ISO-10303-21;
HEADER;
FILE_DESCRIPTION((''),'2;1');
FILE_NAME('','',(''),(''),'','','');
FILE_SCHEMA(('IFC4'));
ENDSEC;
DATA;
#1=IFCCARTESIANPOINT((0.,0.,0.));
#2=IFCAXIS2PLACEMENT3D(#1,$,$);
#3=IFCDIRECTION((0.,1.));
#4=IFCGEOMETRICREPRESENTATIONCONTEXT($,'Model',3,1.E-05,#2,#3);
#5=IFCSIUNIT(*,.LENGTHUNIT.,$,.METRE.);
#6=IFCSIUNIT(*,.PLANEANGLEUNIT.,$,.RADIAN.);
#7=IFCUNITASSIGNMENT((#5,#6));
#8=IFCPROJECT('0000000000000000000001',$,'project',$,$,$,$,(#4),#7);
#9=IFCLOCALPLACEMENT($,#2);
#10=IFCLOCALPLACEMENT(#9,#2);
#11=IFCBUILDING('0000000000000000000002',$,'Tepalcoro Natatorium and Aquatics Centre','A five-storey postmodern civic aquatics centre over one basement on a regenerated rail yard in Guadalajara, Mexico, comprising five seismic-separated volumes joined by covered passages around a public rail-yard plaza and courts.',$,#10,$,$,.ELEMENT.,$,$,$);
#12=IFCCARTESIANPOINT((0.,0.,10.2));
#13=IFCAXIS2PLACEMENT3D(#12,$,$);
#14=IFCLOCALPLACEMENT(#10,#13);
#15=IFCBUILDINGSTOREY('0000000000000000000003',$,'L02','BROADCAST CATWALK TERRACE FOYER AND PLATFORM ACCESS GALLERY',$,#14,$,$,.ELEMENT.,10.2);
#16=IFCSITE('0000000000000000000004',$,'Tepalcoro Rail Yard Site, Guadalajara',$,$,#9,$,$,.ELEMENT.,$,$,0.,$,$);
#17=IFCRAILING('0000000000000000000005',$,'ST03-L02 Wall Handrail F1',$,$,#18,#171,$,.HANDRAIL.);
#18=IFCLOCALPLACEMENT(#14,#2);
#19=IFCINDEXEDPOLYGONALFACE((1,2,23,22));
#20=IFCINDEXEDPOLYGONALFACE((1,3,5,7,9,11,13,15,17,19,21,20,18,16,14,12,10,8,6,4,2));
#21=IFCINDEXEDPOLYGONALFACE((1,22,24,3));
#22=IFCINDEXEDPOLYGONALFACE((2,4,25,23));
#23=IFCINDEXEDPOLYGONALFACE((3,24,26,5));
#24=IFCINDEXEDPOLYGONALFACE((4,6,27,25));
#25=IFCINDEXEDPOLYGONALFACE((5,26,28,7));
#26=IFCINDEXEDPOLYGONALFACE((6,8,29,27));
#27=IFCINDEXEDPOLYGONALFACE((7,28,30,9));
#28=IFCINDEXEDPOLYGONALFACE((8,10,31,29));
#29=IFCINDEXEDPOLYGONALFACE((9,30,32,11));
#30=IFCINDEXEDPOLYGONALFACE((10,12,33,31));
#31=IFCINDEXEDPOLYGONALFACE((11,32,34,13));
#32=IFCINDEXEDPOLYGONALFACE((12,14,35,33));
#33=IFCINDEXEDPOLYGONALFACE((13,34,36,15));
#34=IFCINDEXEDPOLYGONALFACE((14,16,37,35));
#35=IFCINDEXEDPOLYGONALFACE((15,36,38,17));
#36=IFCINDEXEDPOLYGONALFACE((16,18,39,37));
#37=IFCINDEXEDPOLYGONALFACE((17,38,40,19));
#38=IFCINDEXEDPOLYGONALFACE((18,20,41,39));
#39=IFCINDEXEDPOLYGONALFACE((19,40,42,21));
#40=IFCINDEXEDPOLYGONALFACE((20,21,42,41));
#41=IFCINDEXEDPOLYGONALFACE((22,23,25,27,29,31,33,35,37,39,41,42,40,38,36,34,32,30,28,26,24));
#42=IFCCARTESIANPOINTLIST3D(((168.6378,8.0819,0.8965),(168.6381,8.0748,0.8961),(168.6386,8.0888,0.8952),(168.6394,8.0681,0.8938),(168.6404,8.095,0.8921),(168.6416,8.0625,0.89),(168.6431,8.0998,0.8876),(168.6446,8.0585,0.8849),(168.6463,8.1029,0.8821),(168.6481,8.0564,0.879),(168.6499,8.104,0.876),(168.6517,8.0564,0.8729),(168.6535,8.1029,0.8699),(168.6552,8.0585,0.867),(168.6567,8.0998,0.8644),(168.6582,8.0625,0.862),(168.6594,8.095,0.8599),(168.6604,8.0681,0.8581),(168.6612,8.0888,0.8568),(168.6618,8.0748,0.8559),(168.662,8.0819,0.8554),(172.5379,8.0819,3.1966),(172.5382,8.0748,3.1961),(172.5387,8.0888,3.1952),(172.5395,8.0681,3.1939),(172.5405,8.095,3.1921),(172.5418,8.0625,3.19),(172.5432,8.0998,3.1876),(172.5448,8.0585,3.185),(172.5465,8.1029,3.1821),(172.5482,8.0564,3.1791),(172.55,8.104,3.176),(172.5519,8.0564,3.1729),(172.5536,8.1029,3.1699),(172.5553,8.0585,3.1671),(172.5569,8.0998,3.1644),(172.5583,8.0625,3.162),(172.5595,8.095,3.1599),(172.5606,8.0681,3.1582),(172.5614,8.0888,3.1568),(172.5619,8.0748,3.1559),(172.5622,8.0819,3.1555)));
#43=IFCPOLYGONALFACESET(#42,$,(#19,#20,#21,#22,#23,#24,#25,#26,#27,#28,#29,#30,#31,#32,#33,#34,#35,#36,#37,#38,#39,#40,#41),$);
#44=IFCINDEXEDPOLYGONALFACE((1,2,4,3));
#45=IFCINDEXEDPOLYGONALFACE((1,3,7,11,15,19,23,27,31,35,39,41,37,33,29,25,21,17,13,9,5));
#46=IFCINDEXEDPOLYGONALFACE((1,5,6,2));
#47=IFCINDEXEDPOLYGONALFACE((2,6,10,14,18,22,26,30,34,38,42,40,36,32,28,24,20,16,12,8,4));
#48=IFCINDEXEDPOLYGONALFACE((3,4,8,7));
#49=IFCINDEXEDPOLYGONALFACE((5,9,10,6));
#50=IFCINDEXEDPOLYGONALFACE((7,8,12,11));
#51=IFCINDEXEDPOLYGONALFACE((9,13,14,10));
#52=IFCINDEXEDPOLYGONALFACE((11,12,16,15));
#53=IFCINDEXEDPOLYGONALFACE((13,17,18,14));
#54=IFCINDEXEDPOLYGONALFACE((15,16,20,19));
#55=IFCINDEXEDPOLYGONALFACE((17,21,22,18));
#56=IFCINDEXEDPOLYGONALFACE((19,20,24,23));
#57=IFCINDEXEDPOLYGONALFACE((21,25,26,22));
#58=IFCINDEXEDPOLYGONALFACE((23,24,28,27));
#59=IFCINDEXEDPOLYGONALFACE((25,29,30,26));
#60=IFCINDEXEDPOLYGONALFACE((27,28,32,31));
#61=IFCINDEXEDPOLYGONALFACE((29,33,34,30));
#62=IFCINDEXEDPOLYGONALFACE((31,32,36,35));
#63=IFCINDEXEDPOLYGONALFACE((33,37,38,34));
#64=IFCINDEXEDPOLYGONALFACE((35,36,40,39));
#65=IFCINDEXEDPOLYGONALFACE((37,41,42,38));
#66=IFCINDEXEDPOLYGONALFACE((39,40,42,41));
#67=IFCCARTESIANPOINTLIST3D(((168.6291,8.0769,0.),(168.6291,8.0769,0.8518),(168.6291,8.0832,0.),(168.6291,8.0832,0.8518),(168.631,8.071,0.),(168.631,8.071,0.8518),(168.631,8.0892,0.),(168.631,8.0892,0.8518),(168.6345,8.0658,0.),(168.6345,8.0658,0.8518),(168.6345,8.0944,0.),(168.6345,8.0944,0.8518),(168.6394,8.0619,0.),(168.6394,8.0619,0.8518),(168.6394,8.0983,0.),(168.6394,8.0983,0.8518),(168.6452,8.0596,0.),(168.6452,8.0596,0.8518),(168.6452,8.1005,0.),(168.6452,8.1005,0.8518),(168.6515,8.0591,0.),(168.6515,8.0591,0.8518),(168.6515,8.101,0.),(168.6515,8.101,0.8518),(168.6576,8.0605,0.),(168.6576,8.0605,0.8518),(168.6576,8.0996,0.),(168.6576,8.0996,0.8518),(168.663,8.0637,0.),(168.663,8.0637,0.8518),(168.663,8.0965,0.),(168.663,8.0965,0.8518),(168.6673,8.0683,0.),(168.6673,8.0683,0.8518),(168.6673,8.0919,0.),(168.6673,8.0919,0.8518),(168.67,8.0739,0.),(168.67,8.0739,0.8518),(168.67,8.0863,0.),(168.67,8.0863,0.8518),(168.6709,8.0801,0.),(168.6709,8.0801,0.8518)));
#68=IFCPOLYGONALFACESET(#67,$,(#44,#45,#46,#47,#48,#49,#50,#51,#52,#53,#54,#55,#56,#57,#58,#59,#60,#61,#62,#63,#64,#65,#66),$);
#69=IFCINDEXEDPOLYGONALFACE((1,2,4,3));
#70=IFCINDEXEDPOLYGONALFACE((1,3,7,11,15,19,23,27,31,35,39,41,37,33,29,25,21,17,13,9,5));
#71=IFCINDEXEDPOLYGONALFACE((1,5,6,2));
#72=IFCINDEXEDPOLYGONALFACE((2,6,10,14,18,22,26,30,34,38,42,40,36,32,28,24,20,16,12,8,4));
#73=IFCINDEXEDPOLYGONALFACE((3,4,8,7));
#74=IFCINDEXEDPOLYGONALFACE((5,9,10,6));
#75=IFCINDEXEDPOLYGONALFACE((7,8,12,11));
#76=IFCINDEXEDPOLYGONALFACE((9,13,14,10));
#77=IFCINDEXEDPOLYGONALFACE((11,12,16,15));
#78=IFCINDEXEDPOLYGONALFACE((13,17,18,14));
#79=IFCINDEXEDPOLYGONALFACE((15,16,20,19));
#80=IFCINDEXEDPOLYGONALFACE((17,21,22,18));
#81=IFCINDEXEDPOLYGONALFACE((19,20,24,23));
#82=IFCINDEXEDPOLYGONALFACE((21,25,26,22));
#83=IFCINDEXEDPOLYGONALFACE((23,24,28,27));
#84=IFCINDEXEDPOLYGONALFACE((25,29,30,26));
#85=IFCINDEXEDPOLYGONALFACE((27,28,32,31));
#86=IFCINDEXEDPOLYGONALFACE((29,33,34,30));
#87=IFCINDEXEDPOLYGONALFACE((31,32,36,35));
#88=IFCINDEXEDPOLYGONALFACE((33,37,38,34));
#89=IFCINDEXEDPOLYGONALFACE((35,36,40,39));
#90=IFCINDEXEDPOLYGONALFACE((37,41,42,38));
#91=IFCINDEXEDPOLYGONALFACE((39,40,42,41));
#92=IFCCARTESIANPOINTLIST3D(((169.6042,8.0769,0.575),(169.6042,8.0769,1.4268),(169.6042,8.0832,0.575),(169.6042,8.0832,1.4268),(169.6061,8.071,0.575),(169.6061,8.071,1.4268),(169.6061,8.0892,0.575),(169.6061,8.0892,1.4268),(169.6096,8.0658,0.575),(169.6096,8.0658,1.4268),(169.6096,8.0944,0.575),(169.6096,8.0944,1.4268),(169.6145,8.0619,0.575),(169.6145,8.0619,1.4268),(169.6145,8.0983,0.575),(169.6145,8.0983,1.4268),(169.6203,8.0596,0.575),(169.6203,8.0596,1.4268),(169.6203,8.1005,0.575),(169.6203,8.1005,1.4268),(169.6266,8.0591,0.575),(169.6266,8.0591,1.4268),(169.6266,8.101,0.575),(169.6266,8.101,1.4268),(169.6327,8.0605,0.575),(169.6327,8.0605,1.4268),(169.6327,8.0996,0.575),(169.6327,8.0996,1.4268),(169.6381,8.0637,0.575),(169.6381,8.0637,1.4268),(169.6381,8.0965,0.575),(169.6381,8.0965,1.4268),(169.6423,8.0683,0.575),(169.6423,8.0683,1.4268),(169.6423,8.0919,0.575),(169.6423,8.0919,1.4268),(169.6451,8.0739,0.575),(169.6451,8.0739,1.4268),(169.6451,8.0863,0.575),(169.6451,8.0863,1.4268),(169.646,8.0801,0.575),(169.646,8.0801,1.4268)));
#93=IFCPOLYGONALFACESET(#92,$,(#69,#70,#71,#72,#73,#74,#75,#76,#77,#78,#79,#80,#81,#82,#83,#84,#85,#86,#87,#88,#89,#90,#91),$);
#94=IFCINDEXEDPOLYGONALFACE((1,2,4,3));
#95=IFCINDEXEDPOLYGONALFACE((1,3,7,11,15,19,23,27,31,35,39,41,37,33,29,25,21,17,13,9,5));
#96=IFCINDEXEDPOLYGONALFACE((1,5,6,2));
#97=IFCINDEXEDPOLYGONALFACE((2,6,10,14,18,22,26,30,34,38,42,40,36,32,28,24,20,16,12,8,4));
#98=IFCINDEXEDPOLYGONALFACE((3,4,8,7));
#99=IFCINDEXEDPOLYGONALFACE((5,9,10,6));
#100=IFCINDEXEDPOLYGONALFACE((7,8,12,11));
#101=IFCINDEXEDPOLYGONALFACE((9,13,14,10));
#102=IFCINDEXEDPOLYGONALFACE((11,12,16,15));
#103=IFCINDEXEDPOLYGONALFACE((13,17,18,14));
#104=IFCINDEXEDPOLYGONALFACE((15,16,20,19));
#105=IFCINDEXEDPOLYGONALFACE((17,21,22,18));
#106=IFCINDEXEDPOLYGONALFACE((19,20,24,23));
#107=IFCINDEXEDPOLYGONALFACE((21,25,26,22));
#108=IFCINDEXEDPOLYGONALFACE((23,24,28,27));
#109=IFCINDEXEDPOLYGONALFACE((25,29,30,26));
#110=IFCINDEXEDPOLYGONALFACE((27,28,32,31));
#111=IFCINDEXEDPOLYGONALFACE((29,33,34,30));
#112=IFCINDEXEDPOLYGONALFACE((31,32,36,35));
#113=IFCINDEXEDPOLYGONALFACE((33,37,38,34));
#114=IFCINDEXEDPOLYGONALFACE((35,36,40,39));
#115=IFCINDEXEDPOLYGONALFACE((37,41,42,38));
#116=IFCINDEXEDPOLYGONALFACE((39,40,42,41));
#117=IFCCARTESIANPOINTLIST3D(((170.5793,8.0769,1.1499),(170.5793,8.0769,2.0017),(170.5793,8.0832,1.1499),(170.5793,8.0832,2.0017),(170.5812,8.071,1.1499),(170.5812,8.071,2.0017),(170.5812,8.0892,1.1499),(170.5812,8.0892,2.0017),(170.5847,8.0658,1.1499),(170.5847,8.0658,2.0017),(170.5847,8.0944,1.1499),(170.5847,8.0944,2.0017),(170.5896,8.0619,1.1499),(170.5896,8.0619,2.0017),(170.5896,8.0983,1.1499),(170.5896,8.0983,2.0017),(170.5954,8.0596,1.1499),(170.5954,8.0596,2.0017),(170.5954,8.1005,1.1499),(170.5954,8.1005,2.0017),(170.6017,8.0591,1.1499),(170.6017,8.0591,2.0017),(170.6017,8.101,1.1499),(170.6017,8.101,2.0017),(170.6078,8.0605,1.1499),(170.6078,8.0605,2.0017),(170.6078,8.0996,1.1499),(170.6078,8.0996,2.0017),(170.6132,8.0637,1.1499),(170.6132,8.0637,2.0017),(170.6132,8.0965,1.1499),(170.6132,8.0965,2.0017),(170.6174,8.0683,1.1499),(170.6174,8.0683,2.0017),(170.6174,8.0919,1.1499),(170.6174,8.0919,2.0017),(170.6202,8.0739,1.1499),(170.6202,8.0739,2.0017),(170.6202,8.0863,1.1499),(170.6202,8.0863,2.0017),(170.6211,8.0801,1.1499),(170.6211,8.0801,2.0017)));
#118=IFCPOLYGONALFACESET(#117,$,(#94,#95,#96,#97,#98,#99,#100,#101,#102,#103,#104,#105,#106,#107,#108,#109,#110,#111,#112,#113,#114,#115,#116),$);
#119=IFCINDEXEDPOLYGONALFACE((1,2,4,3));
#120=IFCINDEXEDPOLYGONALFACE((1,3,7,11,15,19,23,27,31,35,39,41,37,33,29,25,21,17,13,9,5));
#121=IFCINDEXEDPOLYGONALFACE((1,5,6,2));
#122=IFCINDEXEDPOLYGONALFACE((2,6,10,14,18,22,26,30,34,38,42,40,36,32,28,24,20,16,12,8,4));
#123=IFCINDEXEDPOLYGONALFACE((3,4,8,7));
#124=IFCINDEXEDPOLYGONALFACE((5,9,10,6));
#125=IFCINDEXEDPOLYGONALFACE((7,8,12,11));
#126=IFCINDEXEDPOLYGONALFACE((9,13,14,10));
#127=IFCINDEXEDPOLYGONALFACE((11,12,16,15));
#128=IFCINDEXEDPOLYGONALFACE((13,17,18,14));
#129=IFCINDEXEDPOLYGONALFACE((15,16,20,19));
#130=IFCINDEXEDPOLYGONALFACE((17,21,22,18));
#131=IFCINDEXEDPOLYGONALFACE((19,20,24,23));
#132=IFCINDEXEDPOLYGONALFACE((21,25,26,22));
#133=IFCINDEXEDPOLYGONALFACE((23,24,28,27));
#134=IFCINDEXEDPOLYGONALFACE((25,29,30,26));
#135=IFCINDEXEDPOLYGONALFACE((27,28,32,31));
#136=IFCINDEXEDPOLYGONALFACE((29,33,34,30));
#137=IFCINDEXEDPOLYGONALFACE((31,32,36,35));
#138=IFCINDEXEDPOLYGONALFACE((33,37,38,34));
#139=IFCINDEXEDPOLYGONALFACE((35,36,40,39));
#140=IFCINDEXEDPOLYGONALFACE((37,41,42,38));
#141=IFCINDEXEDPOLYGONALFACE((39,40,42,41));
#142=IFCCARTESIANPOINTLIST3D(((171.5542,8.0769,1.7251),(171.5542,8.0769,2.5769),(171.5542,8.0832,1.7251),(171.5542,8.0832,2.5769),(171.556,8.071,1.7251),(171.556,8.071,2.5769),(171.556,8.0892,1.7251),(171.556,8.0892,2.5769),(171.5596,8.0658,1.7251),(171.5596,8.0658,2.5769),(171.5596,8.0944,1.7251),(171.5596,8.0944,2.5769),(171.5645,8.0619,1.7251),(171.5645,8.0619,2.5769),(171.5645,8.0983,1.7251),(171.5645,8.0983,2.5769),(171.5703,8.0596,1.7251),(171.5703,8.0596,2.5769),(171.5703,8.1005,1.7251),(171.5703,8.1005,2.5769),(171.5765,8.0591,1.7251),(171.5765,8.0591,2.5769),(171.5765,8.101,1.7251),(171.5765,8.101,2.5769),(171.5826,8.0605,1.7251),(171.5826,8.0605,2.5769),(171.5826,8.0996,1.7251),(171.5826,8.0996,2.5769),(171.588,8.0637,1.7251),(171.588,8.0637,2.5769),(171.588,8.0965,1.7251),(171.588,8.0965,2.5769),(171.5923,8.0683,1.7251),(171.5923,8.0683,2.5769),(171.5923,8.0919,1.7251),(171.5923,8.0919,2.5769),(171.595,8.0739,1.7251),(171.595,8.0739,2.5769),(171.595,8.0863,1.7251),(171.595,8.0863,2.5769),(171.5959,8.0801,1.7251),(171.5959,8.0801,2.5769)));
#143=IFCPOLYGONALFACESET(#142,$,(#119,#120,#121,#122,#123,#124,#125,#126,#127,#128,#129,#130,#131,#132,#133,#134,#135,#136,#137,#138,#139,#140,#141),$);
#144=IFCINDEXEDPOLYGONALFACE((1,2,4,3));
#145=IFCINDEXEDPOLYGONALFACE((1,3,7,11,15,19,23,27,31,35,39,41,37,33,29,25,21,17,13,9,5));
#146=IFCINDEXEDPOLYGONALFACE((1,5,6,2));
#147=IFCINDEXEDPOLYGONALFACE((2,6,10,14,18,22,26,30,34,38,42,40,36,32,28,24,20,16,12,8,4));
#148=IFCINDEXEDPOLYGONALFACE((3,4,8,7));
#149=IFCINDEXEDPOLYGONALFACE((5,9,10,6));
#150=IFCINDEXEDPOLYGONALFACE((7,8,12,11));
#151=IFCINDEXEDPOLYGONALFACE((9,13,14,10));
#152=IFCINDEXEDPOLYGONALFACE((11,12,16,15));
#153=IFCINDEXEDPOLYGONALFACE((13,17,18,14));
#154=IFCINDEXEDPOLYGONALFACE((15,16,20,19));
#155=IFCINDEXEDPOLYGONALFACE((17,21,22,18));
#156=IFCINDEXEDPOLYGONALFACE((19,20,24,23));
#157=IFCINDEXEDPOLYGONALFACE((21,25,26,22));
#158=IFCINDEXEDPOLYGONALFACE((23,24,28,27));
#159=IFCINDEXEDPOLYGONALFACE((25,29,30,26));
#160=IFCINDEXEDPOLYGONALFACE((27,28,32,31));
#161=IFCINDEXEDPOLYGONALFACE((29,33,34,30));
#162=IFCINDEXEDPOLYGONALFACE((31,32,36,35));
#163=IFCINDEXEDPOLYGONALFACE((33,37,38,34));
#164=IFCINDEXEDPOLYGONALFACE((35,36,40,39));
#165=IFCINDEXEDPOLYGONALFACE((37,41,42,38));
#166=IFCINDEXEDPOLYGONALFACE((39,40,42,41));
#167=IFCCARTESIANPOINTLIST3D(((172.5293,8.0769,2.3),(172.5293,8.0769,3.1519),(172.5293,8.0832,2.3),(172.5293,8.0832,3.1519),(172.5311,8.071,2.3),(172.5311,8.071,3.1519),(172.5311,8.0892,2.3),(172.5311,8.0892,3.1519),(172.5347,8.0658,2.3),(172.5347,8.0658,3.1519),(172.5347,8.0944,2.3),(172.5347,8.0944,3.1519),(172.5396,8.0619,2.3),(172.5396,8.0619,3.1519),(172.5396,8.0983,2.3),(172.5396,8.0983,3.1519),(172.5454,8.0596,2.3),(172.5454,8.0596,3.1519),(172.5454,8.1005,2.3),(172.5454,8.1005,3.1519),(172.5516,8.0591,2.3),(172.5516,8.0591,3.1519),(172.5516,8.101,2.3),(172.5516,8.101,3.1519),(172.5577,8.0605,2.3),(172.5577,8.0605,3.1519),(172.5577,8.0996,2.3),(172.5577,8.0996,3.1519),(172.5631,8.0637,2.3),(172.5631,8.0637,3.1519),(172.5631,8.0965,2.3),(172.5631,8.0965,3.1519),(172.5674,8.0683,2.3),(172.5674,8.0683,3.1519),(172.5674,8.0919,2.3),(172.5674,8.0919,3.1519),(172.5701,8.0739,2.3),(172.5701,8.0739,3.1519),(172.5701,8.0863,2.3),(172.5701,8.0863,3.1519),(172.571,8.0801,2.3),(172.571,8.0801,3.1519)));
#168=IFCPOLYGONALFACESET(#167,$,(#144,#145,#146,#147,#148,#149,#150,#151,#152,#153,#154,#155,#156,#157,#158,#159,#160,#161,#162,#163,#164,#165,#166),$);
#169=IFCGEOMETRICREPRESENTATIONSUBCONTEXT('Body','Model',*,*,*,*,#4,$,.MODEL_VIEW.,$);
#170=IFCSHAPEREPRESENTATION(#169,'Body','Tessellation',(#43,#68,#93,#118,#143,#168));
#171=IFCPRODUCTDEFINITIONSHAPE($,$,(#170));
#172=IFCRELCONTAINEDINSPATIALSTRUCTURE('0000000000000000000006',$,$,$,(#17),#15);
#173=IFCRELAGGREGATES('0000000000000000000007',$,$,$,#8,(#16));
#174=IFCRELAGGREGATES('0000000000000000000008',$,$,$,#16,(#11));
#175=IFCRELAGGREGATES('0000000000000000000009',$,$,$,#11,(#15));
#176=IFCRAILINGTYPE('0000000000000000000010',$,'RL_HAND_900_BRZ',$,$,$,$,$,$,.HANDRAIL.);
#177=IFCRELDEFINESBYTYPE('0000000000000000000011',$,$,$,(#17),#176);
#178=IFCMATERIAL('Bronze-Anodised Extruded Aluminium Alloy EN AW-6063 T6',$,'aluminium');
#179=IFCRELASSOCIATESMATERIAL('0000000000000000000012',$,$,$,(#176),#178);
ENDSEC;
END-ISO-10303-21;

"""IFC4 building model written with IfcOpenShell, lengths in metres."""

from ifc_helpers import new_model, si_unit, direction, frame, origin, origin_2d, place, context, subcontext, project, spatial, circle, extrude, material, type_object, element, save


model = new_model("IFC4")

# Units and contexts
model_context = context("Model", 3, precision=1e-05, world=origin(), true_north=direction((0.0, 1.0)))
body_context = subcontext(model_context, "Body", "Model", "MODEL_VIEW")
ifc_project = project(units=[si_unit("LENGTHUNIT", "METRE"), si_unit("PLANEANGLEUNIT", "RADIAN")], contexts=[model_context])

# Site, building, storey
site_placement = place(None, origin())
site = spatial("IfcSite", under=ifc_project, at=site_placement, Name="Tepalcoro Rail Yard Site, Guadalajara", CompositionType="ELEMENT", RefElevation=0.0)
building_placement = place(site_placement, origin())
building = spatial("IfcBuilding", under=site, at=building_placement, Name="Tepalcoro Natatorium and Aquatics Centre", Description="A five-storey postmodern civic aquatics centre over one basement on a regenerated rail yard in Guadalajara, Mexico, comprising five seismic-separated volumes joined by covered passages around a public rail-yard plaza and courts.", CompositionType="ELEMENT")
storey_placement = place(building_placement, frame((0.0, 0.0, 10.2)))
storey = spatial("IfcBuildingStorey", under=building, at=storey_placement, Name="L02", Description="BROADCAST CATWALK TERRACE FOYER AND PLATFORM ACCESS GALLERY", CompositionType="ELEMENT", Elevation=10.2)

# Shared definitions
ifc_material_1 = material(Name="Bronze-Anodised Extruded Aluminium Alloy EN AW-6063 T6", Category="aluminium")

# Railing
railing_type_1 = type_object("IfcRailingType", Name="RL_HAND_900_BRZ", PredefinedType="HANDRAIL", material=ifc_material_1)
railing_1_placement = place(storey_placement, frame((168.6499, 8.0801, 0.0)))
element("IfcRailing", 1, at=railing_1_placement, inside=storey, type_object=railing_type_1, Name="ST03-L02 Wall Handrail F1", PredefinedType="HANDRAIL", context=body_context, shape_type="SweptSolid", body=[
    extrude(circle(Radius=0.0239, at=origin_2d()), frame((0.0, 0.0, 0.876), z_axis=(0.86137, 0.0, 0.507979), x_axis=(0.0, 1.0, 0.0)), (0.0, 0.0, 1.0), 4.5278),
    extrude(circle(Radius=0.021, at=origin_2d()), origin(), (0.0, 0.0, 1.0), 0.8518),
    extrude(circle(Radius=0.021, at=origin_2d()), frame((0.9751, 0.0, 0.575)), (0.0, 0.0, 1.0), 0.8518),
    extrude(circle(Radius=0.021, at=origin_2d()), frame((1.9502, 0.0, 1.1499)), (0.0, 0.0, 1.0), 0.8518),
    extrude(circle(Radius=0.021, at=origin_2d()), frame((2.925, 0.0, 1.7251)), (0.0, 0.0, 1.0), 0.8518),
    extrude(circle(Radius=0.021, at=origin_2d()), frame((3.9001, 0.0, 2.3)), (0.0, 0.0, 1.0), 0.8518),
])

save(model, "model.ifc")
